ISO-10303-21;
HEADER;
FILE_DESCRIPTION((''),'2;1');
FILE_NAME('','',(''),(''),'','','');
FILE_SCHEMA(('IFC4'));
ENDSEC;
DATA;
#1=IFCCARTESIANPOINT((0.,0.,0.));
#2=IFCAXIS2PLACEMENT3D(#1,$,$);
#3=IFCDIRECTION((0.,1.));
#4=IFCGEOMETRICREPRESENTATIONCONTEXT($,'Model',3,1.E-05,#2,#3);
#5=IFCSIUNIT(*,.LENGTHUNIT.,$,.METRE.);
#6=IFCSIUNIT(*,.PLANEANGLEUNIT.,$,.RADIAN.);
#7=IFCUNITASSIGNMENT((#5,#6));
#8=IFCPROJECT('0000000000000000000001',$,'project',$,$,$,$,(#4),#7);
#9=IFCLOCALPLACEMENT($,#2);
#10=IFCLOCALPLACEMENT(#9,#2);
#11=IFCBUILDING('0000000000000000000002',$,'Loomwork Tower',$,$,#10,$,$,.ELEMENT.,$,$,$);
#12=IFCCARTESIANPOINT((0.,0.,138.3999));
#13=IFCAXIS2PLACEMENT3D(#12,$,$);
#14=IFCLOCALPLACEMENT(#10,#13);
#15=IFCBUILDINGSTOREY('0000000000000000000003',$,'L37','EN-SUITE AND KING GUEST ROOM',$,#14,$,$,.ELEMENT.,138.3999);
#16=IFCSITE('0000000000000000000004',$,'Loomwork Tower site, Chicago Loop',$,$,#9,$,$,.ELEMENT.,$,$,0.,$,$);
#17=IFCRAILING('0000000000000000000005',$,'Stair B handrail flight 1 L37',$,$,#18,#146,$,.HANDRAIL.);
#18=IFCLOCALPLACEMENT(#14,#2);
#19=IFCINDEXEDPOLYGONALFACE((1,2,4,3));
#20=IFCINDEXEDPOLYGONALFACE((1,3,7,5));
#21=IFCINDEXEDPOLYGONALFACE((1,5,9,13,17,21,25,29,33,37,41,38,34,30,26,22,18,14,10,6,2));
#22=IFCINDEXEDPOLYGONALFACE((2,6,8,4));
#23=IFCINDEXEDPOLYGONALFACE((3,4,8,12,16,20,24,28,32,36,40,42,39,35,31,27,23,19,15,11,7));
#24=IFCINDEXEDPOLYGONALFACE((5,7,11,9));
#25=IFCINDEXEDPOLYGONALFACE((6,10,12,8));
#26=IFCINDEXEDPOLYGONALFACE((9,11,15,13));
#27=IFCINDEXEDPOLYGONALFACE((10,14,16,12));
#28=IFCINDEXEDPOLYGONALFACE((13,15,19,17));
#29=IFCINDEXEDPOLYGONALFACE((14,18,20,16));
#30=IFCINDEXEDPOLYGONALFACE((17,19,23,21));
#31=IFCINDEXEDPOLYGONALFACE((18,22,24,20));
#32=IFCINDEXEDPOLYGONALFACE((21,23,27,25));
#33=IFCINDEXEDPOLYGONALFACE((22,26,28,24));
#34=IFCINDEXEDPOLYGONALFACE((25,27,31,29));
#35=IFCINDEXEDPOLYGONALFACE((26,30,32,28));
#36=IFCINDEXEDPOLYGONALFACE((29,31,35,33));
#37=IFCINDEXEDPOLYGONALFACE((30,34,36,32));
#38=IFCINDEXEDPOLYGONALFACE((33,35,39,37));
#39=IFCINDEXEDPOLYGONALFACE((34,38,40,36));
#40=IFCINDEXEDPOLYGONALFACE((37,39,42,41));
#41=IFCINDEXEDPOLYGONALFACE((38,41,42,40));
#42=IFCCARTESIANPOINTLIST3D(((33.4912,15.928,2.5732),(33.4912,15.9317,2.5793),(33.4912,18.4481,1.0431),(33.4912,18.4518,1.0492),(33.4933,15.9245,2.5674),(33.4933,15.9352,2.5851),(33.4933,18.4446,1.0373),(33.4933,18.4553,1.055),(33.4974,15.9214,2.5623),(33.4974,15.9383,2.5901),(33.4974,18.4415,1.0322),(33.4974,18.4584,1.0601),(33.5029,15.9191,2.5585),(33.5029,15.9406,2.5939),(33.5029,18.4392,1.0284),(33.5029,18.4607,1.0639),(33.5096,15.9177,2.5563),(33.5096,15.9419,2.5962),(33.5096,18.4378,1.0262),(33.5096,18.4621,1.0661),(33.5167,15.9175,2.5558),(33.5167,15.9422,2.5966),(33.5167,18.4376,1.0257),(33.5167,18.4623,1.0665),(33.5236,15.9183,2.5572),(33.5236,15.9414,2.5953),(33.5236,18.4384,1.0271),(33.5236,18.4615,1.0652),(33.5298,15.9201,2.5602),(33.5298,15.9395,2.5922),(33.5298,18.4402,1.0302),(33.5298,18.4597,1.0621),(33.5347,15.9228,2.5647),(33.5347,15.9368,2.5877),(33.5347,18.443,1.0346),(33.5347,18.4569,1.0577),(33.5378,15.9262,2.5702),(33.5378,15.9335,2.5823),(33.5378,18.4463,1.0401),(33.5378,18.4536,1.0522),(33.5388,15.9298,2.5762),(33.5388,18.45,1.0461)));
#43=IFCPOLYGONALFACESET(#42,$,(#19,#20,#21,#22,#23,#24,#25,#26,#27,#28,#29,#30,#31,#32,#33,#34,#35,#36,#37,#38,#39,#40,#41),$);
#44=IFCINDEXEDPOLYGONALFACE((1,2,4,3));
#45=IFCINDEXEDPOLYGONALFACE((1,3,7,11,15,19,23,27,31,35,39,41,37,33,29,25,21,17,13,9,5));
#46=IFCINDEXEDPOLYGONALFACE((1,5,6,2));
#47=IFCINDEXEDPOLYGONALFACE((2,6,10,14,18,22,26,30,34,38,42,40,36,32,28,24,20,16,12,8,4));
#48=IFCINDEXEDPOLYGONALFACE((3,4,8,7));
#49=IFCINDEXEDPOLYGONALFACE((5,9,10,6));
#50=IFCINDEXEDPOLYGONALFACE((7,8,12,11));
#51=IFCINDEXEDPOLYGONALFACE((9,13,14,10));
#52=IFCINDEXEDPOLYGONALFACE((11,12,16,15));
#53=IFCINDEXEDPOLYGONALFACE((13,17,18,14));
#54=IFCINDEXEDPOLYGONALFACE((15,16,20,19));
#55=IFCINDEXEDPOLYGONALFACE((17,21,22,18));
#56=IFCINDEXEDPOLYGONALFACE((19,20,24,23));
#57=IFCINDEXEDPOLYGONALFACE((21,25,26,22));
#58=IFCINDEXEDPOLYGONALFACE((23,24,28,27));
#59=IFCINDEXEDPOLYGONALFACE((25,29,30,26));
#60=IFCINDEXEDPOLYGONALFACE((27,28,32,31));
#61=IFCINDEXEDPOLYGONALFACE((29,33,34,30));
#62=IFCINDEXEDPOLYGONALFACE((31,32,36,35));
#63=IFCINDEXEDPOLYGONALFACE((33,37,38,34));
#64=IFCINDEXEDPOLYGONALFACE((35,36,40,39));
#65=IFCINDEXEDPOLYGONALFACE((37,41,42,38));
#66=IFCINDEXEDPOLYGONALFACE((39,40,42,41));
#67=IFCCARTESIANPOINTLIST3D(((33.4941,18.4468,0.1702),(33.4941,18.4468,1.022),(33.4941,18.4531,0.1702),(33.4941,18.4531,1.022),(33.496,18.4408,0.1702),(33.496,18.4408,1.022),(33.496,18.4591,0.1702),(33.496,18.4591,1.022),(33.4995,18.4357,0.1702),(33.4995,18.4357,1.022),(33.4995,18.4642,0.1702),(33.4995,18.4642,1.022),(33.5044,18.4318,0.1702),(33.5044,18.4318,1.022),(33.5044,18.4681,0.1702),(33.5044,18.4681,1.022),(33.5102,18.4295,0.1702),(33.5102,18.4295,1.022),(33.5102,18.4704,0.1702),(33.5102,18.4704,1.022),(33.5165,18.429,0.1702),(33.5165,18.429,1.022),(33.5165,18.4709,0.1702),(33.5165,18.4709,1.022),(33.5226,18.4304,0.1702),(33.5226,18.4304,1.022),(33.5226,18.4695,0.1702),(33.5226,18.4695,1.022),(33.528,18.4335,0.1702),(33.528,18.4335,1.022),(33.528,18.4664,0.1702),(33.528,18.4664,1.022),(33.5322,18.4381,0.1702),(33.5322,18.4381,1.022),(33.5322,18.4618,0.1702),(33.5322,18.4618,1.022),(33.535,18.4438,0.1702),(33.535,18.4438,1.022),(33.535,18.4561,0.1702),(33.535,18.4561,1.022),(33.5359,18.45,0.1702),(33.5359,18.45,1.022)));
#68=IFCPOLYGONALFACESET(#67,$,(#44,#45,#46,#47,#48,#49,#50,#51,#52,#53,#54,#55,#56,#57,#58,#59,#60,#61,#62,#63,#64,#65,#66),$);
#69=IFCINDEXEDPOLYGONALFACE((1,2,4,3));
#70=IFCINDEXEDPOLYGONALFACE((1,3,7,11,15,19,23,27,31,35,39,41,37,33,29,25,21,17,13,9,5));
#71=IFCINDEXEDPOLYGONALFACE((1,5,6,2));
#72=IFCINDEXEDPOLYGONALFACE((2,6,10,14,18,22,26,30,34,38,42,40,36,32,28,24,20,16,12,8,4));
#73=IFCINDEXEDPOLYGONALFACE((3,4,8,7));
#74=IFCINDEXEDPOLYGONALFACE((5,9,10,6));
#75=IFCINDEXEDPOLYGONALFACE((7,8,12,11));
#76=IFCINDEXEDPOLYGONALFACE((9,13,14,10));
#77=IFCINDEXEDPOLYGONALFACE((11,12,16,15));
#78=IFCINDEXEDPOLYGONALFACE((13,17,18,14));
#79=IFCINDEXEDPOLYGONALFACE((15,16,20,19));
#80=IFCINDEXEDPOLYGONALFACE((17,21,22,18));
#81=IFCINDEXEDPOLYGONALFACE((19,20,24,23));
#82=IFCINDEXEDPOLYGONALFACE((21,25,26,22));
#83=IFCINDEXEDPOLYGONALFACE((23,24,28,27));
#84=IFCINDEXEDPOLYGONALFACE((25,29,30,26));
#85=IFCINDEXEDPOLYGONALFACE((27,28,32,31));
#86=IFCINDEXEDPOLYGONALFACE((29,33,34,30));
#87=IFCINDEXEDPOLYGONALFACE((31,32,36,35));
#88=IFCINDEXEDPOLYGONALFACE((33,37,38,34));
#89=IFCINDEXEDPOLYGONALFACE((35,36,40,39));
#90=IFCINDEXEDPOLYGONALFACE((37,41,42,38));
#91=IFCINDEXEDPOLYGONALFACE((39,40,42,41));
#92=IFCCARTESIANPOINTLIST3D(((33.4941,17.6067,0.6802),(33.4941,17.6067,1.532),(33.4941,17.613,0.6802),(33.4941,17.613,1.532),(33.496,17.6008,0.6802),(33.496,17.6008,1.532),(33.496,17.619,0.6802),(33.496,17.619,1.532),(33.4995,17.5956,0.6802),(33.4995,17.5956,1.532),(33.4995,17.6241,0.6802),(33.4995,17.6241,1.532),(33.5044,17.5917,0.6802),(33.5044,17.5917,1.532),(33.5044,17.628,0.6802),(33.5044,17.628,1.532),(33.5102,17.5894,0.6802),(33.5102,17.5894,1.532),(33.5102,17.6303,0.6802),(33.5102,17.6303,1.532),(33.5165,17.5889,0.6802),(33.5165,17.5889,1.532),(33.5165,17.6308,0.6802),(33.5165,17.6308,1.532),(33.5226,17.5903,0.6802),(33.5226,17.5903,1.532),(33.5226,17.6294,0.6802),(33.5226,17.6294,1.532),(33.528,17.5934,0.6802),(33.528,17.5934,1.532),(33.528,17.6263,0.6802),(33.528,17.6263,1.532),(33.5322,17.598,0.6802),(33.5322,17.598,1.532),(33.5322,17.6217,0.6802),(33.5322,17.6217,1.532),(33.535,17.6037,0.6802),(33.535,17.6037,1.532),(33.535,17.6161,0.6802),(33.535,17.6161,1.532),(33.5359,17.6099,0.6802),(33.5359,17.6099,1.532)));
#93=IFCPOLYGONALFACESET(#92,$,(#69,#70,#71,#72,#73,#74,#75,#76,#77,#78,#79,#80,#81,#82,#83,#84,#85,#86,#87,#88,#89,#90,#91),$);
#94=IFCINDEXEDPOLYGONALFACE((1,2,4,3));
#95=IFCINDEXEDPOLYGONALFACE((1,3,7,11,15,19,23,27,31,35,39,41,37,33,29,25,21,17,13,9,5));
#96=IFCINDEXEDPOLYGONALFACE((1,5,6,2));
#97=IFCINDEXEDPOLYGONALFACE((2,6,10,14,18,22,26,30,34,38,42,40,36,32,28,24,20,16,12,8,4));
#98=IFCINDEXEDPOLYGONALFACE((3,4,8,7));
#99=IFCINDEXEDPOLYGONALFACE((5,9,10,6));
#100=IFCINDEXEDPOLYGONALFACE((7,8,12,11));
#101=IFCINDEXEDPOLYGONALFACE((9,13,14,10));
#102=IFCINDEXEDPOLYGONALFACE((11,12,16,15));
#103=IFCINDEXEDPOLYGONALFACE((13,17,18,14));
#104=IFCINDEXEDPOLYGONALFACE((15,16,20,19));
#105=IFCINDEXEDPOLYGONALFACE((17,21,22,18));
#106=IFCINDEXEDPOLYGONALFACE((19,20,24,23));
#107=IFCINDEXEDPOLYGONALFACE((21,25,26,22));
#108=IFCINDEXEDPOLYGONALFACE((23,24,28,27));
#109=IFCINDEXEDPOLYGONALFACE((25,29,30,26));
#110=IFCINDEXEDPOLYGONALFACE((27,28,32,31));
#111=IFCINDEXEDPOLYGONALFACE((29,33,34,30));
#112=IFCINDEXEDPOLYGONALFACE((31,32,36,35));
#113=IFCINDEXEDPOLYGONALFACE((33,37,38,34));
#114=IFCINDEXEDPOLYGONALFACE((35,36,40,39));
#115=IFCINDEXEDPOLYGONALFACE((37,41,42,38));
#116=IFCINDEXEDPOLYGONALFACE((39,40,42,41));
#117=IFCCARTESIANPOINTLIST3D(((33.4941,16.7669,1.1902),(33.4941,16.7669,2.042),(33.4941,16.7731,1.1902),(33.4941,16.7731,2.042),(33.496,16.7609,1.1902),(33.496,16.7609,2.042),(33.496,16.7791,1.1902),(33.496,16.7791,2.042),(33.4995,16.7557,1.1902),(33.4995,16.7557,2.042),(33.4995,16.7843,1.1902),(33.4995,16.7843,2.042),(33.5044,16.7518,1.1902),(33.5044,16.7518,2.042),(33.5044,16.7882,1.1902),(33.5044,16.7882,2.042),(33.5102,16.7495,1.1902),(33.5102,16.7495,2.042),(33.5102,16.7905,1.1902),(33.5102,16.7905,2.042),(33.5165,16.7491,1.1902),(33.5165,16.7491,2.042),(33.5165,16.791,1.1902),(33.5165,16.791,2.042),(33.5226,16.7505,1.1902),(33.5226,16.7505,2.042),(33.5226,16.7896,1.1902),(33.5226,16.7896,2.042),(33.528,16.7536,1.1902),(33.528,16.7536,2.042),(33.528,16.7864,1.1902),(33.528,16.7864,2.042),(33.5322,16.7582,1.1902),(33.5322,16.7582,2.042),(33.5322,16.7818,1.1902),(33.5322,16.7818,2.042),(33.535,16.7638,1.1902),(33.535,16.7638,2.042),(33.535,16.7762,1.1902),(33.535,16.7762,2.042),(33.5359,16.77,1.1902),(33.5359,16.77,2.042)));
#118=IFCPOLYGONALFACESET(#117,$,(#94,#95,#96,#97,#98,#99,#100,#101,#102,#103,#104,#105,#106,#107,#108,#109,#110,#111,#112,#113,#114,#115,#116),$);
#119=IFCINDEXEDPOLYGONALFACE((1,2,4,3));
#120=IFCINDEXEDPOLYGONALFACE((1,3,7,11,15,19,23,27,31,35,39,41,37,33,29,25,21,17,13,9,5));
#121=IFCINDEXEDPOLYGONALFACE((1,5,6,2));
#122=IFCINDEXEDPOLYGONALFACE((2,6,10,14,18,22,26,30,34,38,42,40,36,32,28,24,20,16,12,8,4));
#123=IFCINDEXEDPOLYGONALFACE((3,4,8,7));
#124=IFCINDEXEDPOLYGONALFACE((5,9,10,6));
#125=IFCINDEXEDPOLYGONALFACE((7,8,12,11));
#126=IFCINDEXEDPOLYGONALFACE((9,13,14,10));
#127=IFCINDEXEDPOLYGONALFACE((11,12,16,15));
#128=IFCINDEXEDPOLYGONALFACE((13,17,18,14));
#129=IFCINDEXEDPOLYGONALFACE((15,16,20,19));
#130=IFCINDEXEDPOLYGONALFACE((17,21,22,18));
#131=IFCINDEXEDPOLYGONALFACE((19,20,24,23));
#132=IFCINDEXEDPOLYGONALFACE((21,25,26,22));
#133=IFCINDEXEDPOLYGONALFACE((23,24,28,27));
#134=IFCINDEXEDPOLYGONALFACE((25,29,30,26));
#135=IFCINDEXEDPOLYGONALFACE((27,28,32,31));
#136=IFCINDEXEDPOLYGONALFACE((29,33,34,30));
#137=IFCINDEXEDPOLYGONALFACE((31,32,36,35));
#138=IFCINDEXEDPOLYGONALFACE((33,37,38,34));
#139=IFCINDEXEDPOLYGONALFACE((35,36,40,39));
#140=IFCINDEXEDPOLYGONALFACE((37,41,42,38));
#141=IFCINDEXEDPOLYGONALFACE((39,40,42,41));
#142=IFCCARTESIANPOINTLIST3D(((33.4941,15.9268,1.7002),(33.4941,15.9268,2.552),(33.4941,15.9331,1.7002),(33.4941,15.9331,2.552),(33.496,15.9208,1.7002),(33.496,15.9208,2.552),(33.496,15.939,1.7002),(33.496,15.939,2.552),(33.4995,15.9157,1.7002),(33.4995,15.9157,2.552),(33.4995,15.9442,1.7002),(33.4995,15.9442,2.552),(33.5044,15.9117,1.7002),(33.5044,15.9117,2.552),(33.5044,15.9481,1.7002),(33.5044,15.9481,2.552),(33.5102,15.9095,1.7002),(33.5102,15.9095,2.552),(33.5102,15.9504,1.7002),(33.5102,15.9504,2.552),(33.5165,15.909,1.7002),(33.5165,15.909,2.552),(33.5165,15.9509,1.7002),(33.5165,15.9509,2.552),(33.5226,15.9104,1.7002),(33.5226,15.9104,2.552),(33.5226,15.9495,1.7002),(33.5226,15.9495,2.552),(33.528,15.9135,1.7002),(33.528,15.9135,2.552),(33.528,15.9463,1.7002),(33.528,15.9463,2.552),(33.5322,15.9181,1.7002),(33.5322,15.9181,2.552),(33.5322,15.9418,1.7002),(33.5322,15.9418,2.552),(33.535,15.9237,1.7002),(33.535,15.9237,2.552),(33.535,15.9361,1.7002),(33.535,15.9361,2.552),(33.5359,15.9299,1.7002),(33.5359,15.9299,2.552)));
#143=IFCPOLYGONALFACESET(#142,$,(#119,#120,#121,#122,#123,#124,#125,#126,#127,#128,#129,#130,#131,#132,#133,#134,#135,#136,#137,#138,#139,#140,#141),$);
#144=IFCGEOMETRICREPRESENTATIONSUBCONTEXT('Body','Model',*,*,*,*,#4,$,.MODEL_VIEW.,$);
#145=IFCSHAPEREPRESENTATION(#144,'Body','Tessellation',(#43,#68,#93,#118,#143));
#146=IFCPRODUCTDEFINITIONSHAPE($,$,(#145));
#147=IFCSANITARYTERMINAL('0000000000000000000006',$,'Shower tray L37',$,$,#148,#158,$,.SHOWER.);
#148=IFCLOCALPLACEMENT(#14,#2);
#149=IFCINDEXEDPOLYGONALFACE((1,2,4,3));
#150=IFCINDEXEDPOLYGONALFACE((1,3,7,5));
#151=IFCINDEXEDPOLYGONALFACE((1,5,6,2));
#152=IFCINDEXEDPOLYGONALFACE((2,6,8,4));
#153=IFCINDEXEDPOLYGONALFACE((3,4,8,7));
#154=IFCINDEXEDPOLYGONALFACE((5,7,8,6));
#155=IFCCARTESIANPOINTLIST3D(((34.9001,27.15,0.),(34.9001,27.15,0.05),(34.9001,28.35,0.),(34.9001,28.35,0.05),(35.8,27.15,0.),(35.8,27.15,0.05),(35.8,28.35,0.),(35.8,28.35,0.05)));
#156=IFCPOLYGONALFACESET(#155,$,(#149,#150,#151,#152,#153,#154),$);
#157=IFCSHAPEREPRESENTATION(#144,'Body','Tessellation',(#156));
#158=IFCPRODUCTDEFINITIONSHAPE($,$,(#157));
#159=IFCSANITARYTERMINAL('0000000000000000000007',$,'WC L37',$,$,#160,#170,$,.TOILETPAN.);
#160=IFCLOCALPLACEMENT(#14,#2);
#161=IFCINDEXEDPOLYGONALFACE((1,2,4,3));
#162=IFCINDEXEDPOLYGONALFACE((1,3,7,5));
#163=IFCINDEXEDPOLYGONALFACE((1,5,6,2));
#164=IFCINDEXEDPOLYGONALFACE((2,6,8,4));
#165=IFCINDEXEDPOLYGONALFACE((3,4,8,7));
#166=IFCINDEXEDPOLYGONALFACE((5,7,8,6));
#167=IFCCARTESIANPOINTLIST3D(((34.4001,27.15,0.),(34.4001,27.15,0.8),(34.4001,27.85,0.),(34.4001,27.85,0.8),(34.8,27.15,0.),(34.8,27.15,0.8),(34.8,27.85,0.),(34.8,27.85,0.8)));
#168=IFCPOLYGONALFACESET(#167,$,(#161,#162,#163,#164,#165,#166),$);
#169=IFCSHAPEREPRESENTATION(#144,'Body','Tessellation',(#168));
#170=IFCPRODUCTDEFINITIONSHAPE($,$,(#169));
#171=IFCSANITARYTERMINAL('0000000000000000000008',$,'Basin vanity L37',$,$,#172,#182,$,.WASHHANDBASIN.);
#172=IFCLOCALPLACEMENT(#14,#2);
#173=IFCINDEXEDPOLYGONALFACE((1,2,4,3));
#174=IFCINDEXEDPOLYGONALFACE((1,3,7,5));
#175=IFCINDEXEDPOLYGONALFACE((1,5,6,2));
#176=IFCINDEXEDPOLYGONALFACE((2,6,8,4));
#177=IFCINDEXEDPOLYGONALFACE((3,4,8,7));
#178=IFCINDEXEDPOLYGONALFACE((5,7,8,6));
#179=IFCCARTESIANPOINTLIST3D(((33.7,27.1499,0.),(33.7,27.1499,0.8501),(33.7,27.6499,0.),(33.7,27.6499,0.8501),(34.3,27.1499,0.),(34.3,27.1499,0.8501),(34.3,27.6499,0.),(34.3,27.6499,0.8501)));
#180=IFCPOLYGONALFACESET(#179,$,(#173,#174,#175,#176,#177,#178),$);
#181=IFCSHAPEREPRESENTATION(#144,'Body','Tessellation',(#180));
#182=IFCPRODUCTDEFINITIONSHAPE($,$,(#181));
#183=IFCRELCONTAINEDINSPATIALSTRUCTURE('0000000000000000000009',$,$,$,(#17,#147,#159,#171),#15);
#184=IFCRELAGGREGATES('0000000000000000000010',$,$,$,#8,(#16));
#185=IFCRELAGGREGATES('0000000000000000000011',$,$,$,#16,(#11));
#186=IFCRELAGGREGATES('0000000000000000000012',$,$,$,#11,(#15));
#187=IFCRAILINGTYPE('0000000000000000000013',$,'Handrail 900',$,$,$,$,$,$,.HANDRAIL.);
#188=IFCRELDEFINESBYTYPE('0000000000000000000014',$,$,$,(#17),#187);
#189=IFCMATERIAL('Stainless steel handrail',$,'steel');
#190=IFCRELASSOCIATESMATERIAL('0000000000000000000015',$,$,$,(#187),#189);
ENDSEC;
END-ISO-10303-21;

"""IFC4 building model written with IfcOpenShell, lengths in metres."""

from ifc_helpers import new_model, si_unit, direction, frame, origin, origin_2d, place, context, subcontext, project, spatial, rectangle, circle, extrude, material, type_object, element, save


model = new_model("IFC4")

# Units and contexts
model_context = context("Model", 3, precision=1e-05, world=origin(), true_north=direction((0.0, 1.0)))
body_context = subcontext(model_context, "Body", "Model", "MODEL_VIEW")
ifc_project = project(units=[si_unit("LENGTHUNIT", "METRE"), si_unit("PLANEANGLEUNIT", "RADIAN")], contexts=[model_context])

# Site, building, storey
site_placement = place(None, origin())
site = spatial("IfcSite", under=ifc_project, at=site_placement, Name="Loomwork Tower site, Chicago Loop", CompositionType="ELEMENT", RefElevation=0.0)
building_placement = place(site_placement, origin())
building = spatial("IfcBuilding", under=site, at=building_placement, Name="Loomwork Tower", CompositionType="ELEMENT")
storey_placement = place(building_placement, frame((0.0, 0.0, 138.3999)))
storey = spatial("IfcBuildingStorey", under=building, at=storey_placement, Name="L37", Description="EN-SUITE AND KING GUEST ROOM", CompositionType="ELEMENT", Elevation=138.3999)

# Railing
ifc_material_1 = material(Name="Stainless steel handrail", Category="steel")
railing_type = type_object("IfcRailingType", Name="Handrail 900", PredefinedType="HANDRAIL", material=ifc_material_1)
railing_placement = place(storey_placement, frame((33.5149, 18.45, 0.1702)))
element("IfcRailing", 1, at=railing_placement, inside=storey, type_object=railing_type, Name="Stair B handrail flight 1 L37", PredefinedType="HANDRAIL", context=body_context, shape_type="SweptSolid", body=[
    extrude(circle(Radius=0.0239, at=origin_2d()), frame((0.0, 0.0, 0.876), z_axis=(0.0, -0.854785, 0.518982), x_axis=(1.0, 0.0, 0.0)), (0.0, 0.0, 1.0), 2.9482),
    extrude(circle(Radius=0.021, at=origin_2d()), origin(), (0.0, 0.0, 1.0), 0.8518),
    extrude(circle(Radius=0.021, at=origin_2d()), frame((0.0, -0.8401, 0.51)), (0.0, 0.0, 1.0), 0.8518),
    extrude(circle(Radius=0.021, at=origin_2d()), frame((0.0, -1.6799, 1.02)), (0.0, 0.0, 1.0), 0.8518),
    extrude(circle(Radius=0.021, at=origin_2d()), frame((0.0, -2.52, 1.53)), (0.0, 0.0, 1.0), 0.8518),
])

# Sanitary terminals
sanitary_terminal_1_placement = place(storey_placement, frame((35.3501, 27.75, 0.0), z_axis=(0.0, 0.0, 1.0), x_axis=(1.0, 0.0, 0.0)))
element("IfcSanitaryTerminal", 2, at=sanitary_terminal_1_placement, inside=storey, Name="Shower tray L37", PredefinedType="SHOWER", context=body_context, shape_type="SweptSolid", body=[
    extrude(rectangle(XDim=0.8999, YDim=1.2, at=origin_2d()), origin(), (0.0, 0.0, 1.0), 0.05),
])
sanitary_terminal_2_placement = place(storey_placement, frame((34.6001, 27.5, 0.0), z_axis=(0.0, 0.0, 1.0), x_axis=(1.0, 0.0, 0.0)))
element("IfcSanitaryTerminal", 3, at=sanitary_terminal_2_placement, inside=storey, Name="WC L37", PredefinedType="TOILETPAN", context=body_context, shape_type="SweptSolid", body=[
    extrude(rectangle(XDim=0.3999, YDim=0.7, at=origin_2d()), origin(), (0.0, 0.0, 1.0), 0.8),
])
sanitary_terminal_3_placement = place(storey_placement, frame((34.0, 27.3999, 0.0), z_axis=(0.0, 0.0, 1.0), x_axis=(1.0, 0.0, 0.0)))
element("IfcSanitaryTerminal", 4, at=sanitary_terminal_3_placement, inside=storey, Name="Basin vanity L37", PredefinedType="WASHHANDBASIN", context=body_context, shape_type="SweptSolid", body=[
    extrude(rectangle(XDim=0.6001, YDim=0.5, at=origin_2d()), origin(), (0.0, 0.0, 1.0), 0.8501),
])

save(model, "model.ifc")
